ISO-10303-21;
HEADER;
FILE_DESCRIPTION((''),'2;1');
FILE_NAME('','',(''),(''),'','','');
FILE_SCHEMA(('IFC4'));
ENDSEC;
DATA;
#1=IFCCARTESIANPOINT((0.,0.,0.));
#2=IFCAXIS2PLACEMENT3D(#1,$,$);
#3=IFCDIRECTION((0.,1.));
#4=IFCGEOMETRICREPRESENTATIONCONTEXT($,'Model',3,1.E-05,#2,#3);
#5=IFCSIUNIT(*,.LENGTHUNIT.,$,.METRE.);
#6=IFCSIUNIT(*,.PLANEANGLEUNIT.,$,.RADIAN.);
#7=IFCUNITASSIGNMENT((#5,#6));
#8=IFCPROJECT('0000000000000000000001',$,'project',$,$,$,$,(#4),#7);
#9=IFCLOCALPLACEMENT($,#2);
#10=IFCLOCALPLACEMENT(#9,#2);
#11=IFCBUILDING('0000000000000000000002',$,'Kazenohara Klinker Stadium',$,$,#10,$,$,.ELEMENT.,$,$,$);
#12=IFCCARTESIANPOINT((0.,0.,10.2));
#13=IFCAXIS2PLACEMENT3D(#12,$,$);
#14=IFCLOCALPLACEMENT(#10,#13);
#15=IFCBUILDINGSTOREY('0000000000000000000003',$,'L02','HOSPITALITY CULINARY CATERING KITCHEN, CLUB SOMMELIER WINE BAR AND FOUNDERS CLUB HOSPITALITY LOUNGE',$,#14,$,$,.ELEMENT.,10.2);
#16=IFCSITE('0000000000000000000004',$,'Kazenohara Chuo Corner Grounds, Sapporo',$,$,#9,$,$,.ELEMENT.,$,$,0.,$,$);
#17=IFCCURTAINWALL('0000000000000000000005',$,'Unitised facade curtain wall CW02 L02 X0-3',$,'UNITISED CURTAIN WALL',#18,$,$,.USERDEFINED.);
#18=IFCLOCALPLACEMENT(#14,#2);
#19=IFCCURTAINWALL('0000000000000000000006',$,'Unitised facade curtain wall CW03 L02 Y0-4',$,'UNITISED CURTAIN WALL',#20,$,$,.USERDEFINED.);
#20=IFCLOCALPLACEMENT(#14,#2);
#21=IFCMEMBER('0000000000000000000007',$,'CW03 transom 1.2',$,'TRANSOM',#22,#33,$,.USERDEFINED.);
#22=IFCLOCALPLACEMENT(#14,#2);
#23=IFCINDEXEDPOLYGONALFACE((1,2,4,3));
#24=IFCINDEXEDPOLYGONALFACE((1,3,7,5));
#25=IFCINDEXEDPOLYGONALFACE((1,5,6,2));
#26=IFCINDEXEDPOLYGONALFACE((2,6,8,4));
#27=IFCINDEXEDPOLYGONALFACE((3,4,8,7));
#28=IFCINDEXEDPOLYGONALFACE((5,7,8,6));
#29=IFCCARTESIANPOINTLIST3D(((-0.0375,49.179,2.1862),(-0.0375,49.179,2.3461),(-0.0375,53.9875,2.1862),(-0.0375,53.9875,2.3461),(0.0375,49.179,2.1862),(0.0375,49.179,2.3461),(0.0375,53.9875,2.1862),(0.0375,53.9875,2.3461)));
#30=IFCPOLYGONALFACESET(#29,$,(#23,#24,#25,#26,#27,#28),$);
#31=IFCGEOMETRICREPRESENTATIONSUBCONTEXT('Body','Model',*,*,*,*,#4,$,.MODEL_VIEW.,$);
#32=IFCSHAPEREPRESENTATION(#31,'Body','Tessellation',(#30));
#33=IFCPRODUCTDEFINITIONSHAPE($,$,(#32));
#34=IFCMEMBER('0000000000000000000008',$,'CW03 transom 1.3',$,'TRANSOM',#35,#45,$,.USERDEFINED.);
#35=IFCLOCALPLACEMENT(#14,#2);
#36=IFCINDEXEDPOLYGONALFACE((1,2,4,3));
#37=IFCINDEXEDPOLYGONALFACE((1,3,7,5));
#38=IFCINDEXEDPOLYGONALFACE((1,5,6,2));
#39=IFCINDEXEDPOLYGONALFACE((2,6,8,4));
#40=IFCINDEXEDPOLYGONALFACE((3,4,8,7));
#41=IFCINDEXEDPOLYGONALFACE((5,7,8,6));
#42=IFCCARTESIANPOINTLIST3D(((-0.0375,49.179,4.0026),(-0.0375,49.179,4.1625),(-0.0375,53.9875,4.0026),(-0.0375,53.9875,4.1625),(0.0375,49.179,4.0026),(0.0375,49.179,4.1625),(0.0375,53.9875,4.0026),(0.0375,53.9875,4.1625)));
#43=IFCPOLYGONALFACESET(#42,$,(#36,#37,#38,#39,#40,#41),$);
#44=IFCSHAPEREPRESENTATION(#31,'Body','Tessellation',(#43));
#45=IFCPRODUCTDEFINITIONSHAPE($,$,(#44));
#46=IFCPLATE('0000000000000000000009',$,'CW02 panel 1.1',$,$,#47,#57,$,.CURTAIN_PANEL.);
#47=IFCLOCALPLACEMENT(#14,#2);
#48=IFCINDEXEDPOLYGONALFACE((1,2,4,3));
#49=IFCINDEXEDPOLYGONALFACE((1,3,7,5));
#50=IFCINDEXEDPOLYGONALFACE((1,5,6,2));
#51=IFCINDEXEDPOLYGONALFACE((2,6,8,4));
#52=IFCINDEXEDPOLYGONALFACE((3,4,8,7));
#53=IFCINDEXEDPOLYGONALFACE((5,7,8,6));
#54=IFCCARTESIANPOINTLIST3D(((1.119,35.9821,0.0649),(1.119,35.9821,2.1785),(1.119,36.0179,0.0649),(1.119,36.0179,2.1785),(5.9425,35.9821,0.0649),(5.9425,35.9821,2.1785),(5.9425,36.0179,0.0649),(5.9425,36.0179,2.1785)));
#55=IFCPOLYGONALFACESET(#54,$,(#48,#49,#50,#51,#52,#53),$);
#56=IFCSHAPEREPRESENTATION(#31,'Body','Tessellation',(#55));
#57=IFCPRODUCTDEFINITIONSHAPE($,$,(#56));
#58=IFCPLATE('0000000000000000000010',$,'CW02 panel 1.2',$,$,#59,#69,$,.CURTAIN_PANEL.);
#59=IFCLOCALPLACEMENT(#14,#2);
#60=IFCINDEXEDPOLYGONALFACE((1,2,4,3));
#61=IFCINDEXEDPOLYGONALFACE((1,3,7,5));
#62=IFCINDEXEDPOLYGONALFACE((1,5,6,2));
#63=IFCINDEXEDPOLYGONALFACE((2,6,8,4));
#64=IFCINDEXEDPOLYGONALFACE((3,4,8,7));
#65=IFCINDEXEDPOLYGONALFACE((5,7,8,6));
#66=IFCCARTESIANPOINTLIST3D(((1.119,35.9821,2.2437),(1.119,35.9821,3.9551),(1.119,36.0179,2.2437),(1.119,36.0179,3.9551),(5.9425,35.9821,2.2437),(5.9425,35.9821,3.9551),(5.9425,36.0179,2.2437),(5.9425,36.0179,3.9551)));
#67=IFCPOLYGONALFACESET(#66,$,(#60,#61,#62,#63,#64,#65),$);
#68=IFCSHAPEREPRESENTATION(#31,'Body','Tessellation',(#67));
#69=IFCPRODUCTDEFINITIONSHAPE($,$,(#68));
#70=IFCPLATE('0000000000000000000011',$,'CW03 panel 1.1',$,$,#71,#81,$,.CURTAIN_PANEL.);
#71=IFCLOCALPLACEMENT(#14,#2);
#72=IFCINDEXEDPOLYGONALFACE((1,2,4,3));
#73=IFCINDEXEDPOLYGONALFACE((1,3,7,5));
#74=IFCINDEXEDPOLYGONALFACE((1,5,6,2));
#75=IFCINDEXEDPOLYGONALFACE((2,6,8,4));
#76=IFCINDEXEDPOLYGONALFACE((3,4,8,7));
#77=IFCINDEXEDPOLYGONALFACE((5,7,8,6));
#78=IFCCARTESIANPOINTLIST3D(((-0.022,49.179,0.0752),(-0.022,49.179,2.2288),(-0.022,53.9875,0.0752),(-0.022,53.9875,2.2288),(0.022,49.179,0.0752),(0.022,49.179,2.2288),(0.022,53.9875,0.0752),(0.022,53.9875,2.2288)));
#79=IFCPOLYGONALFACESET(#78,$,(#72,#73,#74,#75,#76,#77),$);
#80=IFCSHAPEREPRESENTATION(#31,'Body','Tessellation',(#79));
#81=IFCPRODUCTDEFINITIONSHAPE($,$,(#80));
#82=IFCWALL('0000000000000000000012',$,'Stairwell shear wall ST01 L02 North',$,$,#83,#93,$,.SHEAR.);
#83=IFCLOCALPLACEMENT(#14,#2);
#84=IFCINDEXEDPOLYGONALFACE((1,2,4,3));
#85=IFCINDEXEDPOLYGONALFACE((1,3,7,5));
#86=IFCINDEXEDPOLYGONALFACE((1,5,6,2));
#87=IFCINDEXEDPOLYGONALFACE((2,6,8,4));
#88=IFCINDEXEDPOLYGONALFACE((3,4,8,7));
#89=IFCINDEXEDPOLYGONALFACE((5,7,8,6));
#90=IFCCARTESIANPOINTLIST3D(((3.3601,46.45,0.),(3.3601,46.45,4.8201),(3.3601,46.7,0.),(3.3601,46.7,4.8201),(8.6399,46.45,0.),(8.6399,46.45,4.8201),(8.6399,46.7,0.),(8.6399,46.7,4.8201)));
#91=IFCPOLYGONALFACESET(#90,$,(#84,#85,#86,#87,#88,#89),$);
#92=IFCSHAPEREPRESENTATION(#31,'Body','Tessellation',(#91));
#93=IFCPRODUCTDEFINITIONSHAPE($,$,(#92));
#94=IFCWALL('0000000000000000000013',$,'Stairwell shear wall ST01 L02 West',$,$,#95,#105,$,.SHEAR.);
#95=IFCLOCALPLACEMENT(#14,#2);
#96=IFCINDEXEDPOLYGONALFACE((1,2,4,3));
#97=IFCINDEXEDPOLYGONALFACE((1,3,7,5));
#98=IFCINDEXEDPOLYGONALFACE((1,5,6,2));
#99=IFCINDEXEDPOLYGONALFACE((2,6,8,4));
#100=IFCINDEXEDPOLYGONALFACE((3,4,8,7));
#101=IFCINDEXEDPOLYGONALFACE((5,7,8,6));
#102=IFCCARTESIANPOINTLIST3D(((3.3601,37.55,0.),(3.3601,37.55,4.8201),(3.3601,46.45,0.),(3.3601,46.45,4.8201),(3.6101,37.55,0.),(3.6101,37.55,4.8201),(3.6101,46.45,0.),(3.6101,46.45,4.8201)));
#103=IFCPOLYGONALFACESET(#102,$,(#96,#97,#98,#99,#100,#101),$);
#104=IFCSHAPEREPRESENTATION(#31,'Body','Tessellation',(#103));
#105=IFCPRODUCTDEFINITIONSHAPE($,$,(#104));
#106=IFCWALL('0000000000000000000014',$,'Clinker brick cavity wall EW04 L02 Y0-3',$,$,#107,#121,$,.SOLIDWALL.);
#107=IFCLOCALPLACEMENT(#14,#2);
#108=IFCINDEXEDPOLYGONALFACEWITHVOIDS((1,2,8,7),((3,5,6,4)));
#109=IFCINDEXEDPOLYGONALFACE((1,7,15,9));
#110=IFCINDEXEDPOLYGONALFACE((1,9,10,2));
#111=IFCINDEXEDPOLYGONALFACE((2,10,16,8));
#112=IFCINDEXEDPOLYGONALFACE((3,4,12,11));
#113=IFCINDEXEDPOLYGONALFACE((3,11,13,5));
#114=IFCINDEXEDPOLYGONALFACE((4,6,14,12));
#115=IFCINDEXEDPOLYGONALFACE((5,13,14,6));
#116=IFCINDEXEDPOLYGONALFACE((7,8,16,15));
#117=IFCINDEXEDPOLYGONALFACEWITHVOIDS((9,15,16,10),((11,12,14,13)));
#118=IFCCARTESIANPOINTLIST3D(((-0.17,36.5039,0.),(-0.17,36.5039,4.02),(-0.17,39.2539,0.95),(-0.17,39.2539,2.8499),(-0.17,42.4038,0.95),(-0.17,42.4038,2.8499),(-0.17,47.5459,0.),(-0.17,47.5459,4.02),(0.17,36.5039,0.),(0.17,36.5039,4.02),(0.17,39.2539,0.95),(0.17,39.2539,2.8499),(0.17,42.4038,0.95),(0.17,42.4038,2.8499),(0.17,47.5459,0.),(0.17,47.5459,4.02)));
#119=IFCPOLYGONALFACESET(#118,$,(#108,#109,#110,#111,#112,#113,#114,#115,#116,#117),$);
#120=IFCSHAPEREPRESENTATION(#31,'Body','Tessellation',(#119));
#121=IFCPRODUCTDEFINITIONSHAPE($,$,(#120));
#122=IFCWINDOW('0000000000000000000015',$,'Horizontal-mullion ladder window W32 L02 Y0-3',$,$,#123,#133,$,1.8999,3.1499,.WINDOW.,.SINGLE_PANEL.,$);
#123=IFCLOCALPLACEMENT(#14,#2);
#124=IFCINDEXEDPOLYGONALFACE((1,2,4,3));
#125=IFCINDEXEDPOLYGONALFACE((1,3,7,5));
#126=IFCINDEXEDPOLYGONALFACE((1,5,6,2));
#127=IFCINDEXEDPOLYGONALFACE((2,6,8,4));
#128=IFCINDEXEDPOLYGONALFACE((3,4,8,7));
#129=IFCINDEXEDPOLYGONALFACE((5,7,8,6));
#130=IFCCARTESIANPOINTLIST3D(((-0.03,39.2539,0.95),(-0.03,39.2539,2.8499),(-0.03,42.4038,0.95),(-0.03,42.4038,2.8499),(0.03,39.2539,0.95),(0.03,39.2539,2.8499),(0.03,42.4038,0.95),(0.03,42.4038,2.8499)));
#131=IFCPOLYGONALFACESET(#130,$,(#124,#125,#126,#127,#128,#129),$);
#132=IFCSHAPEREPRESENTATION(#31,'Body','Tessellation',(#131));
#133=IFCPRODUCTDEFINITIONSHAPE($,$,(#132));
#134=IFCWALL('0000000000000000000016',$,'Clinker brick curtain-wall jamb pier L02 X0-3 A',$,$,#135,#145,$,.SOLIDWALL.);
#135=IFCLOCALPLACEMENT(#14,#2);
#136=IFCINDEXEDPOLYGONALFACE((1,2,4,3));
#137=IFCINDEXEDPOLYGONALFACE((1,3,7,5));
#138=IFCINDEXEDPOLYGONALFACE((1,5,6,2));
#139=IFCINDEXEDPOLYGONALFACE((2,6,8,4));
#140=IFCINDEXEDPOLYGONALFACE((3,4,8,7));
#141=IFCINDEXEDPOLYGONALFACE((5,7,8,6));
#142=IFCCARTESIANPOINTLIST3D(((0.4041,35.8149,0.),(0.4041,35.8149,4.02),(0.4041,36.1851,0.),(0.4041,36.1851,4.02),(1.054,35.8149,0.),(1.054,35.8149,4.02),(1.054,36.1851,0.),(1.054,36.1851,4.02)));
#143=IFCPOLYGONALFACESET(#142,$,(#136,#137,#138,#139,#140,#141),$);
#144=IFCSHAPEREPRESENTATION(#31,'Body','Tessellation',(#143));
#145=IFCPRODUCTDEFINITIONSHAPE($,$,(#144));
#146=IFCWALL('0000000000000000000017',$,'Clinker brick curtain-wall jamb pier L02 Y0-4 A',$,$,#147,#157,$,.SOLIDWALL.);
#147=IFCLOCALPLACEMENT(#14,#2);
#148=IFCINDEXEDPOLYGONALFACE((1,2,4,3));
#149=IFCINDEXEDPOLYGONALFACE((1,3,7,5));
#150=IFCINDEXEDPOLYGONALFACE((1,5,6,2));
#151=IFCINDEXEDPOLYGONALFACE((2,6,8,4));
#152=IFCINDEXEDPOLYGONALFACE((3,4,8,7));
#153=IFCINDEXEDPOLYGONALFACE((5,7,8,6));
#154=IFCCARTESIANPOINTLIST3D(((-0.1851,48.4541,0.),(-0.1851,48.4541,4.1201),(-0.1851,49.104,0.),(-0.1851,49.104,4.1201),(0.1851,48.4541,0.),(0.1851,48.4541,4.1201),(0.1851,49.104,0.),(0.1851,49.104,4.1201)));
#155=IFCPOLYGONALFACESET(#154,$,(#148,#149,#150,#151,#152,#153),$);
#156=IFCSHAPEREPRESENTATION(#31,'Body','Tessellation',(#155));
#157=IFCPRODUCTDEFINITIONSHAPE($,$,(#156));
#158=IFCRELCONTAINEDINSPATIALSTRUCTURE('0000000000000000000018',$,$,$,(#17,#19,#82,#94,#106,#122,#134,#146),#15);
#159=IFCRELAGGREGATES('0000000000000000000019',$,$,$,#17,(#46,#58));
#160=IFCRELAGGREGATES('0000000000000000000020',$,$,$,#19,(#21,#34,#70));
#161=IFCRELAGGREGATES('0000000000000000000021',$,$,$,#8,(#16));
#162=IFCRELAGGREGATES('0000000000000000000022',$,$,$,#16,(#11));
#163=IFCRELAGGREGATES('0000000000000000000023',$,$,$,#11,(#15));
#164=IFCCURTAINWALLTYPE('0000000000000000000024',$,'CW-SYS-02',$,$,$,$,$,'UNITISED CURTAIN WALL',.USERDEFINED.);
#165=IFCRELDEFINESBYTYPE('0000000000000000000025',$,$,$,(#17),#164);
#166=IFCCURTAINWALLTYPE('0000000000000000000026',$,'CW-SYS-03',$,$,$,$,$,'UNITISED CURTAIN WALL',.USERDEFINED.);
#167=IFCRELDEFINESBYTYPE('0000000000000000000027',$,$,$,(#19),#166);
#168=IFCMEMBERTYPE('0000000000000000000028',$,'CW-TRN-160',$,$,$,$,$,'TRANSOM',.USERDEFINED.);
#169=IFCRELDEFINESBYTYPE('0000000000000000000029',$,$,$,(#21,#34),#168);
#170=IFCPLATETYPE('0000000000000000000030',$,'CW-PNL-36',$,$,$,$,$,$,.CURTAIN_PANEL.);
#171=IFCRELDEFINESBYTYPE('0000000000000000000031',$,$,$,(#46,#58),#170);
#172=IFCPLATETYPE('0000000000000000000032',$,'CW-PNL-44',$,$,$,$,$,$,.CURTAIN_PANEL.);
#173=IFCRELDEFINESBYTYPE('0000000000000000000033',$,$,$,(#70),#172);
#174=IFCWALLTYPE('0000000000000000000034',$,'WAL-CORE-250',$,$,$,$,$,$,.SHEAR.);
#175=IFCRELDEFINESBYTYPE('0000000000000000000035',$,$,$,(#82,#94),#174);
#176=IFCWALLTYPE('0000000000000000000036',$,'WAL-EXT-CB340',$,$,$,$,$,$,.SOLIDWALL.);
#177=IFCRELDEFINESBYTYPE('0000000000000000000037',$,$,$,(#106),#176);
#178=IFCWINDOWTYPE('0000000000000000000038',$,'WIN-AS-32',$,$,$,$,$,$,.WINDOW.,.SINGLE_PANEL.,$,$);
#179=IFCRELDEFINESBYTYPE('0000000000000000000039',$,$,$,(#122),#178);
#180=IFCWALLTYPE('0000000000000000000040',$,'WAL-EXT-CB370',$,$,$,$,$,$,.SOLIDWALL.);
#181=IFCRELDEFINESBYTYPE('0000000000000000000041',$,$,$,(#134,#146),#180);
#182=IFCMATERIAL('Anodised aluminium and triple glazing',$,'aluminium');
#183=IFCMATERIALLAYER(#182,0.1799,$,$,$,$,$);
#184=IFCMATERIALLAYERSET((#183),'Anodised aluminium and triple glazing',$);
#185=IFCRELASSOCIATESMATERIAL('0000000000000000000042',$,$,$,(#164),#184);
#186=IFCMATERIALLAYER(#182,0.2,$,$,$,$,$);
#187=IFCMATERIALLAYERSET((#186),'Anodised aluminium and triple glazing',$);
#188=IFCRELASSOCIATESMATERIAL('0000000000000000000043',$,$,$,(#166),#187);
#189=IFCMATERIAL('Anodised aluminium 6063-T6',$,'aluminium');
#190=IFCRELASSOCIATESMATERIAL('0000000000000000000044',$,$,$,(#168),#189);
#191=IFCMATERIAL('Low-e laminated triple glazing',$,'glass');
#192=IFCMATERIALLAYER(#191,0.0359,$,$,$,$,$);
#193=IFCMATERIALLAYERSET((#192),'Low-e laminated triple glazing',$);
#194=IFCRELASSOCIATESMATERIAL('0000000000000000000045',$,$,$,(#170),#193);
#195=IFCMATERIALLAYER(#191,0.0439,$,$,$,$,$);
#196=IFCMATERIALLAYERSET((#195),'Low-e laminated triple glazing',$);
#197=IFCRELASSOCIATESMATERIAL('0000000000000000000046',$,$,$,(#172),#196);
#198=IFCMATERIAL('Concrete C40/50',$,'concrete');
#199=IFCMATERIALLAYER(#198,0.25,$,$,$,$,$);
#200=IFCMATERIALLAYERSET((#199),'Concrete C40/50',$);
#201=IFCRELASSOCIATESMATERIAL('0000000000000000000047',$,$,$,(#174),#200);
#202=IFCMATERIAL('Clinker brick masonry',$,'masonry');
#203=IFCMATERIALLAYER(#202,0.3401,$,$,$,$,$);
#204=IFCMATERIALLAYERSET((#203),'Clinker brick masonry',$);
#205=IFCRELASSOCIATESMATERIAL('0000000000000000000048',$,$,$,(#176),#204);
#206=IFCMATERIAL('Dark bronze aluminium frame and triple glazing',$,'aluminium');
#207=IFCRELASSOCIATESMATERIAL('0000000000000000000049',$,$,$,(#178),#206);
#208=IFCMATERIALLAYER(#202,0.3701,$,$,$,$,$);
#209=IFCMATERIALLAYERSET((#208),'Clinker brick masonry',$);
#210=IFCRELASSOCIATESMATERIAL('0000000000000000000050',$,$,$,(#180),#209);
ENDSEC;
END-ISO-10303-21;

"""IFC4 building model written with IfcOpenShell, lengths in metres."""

from ifc_helpers import new_model, si_unit, direction, frame, frame_2d, origin, origin_2d, place, context, subcontext, project, spatial, rectangle, extrude, material, layer, layer_set, material_profile, profile_set, type_object, element, fill, aggregate, save


model = new_model("IFC4")

# Units and contexts
model_context = context("Model", 3, precision=1e-05, world=origin(), true_north=direction((0.0, 1.0)))
body_context = subcontext(model_context, "Body", "Model", "MODEL_VIEW")
ifc_project = project(units=[si_unit("LENGTHUNIT", "METRE"), si_unit("PLANEANGLEUNIT", "RADIAN")], contexts=[model_context])

# Site, building, storey
site_placement = place(None, origin())
site = spatial("IfcSite", under=ifc_project, at=site_placement, Name="Kazenohara Chuo Corner Grounds, Sapporo", CompositionType="ELEMENT", RefElevation=0.0)
building_placement = place(site_placement, origin())
building = spatial("IfcBuilding", under=site, at=building_placement, Name="Kazenohara Klinker Stadium", CompositionType="ELEMENT")
storey_placement = place(building_placement, frame((0.0, 0.0, 10.2)))
storey = spatial("IfcBuildingStorey", under=building, at=storey_placement, Name="L02", Description="HOSPITALITY CULINARY CATERING KITCHEN, CLUB SOMMELIER WINE BAR AND FOUNDERS CLUB HOSPITALITY LOUNGE", CompositionType="ELEMENT", Elevation=10.2)

# Shared definitions
ifc_material_1 = material(Name="Concrete C40/50", Category="concrete")

# Curtain wall
ifc_material_2 = material(Name="Anodised aluminium and triple glazing", Category="aluminium")
ifc_layer_1 = layer(ifc_material_2, 0.1799)
ifc_layer_set_1 = layer_set([ifc_layer_1], Name="Anodised aluminium and triple glazing")
curtain_wall_type_1 = type_object("IfcCurtainWallType", Name="CW-SYS-02", ElementType="UNITISED CURTAIN WALL", PredefinedType="USERDEFINED", material=ifc_layer_set_1)
curtain_wall_1_placement = place(storey_placement, origin())
curtain_wall_1 = element("IfcCurtainWall", 1, at=curtain_wall_1_placement, inside=storey, type_object=curtain_wall_type_1, Name="Unitised facade curtain wall CW02 L02 X0-3", ObjectType="UNITISED CURTAIN WALL", PredefinedType="USERDEFINED")
ifc_material_3 = material(Name="Anodised aluminium 6063-T6", Category="aluminium")

# Curtain wall
ifc_layer_2 = layer(ifc_material_2, 0.2)
ifc_layer_set_2 = layer_set([ifc_layer_2], Name="Anodised aluminium and triple glazing")
curtain_wall_type_2 = type_object("IfcCurtainWallType", Name="CW-SYS-03", ElementType="UNITISED CURTAIN WALL", PredefinedType="USERDEFINED", material=ifc_layer_set_2)
curtain_wall_2_placement = place(storey_placement, origin())
curtain_wall_2 = element("IfcCurtainWall", 2, at=curtain_wall_2_placement, inside=storey, type_object=curtain_wall_type_2, Name="Unitised facade curtain wall CW03 L02 Y0-4", ObjectType="UNITISED CURTAIN WALL", PredefinedType="USERDEFINED")

# Members
ifc_material_profile_1 = material_profile(ifc_material_3, rectangle(XDim=0.075, YDim=0.1599, at=origin_2d()), Name="ALU-TRN-75x160")
ifc_profile_set_1 = profile_set([ifc_material_profile_1], Name="Anodised aluminium 6063-T6")
member_type_1 = type_object("IfcMemberType", Name="CW-TRN-160", ElementType="TRANSOM", PredefinedType="USERDEFINED", material=ifc_profile_set_1)
member_1_placement = place(storey_placement, frame((0.0, 49.179, 2.2661), z_axis=(0.0, 1.0, 0.0), x_axis=(-1.0, 0.0, 0.0)))
member_1 = element("IfcMember", 3, at=member_1_placement, type_object=member_type_1, Name="CW03 transom 1.2", ObjectType="TRANSOM", PredefinedType="USERDEFINED", context=body_context, shape_type="SweptSolid", body=[
    extrude(rectangle(XDim=0.075, YDim=0.1599, at=origin_2d()), origin(), (0.0, 0.0, 1.0), 4.8086),
])
member_2_placement = place(storey_placement, frame((0.0, 49.179, 4.0825), z_axis=(0.0, 1.0, 0.0), x_axis=(-1.0, 0.0, 0.0)))
member_2 = element("IfcMember", 4, at=member_2_placement, type_object=member_type_1, Name="CW03 transom 1.3", ObjectType="TRANSOM", PredefinedType="USERDEFINED", context=body_context, shape_type="SweptSolid", body=[
    extrude(rectangle(XDim=0.075, YDim=0.1599, at=origin_2d()), origin(), (0.0, 0.0, 1.0), 4.8086),
])

# Plates
ifc_material_4 = material(Name="Low-e laminated triple glazing", Category="glass")
ifc_layer_3 = layer(ifc_material_4, 0.0359)
ifc_layer_set_3 = layer_set([ifc_layer_3], Name="Low-e laminated triple glazing")
plate_type_1 = type_object("IfcPlateType", Name="CW-PNL-36", PredefinedType="CURTAIN_PANEL", material=ifc_layer_set_3)
plate_1_placement = place(storey_placement, frame((3.5308, 36.0, 0.0649), z_axis=(0.0, 0.0, 1.0), x_axis=(1.0, 0.0, 0.0)))
plate_1 = element("IfcPlate", 5, at=plate_1_placement, type_object=plate_type_1, Name="CW02 panel 1.1", PredefinedType="CURTAIN_PANEL", context=body_context, shape_type="SweptSolid", body=[
    extrude(rectangle(XDim=4.8235, YDim=0.0359, at=origin_2d()), origin(), (0.0, 0.0, 1.0), 2.1135),
])
plate_2_placement = place(storey_placement, frame((3.5308, 36.0, 2.2437), z_axis=(0.0, 0.0, 1.0), x_axis=(1.0, 0.0, 0.0)))
plate_2 = element("IfcPlate", 6, at=plate_2_placement, type_object=plate_type_1, Name="CW02 panel 1.2", PredefinedType="CURTAIN_PANEL", context=body_context, shape_type="SweptSolid", body=[
    extrude(rectangle(XDim=4.8235, YDim=0.0359, at=origin_2d()), origin(), (0.0, 0.0, 1.0), 1.7114),
])
aggregate(curtain_wall_1, [plate_1, plate_2])
ifc_layer_4 = layer(ifc_material_4, 0.0439)
ifc_layer_set_4 = layer_set([ifc_layer_4], Name="Low-e laminated triple glazing")
plate_type_2 = type_object("IfcPlateType", Name="CW-PNL-44", PredefinedType="CURTAIN_PANEL", material=ifc_layer_set_4)
plate_3_placement = place(storey_placement, frame((0.0, 51.5833, 0.0752), z_axis=(0.0, 0.0, 1.0), x_axis=(0.0, 1.0, 0.0)))
plate_3 = element("IfcPlate", 7, at=plate_3_placement, type_object=plate_type_2, Name="CW03 panel 1.1", PredefinedType="CURTAIN_PANEL", context=body_context, shape_type="SweptSolid", body=[
    extrude(rectangle(XDim=4.8086, YDim=0.0439, at=origin_2d()), origin(), (0.0, 0.0, 1.0), 2.1536),
])
aggregate(curtain_wall_2, [member_1, member_2, plate_3])

# Shared definitions
ifc_layer_5 = layer(ifc_material_1, 0.25)
ifc_layer_set_5 = layer_set([ifc_layer_5], Name="Concrete C40/50")
wall_type_1 = type_object("IfcWallType", Name="WAL-CORE-250", PredefinedType="SHEAR", material=ifc_layer_set_5)

# Walls
wall_1_placement = place(storey_placement, frame((3.3601, 46.575, 0.0), z_axis=(0.0, 0.0, 1.0), x_axis=(1.0, 0.0, 0.0)))
element("IfcWall", 8, at=wall_1_placement, inside=storey, type_object=wall_type_1, Name="Stairwell shear wall ST01 L02 North", PredefinedType="SHEAR", context=body_context, shape_type="SweptSolid", body=[
    extrude(rectangle(XDim=5.2798, YDim=0.25, at=frame_2d((2.6399, 0.0))), origin(), (0.0, 0.0, 1.0), 4.8201),
])
wall_2_placement = place(storey_placement, frame((3.4851, 37.55, 0.0), z_axis=(0.0, 0.0, 1.0), x_axis=(0.0, 1.0, 0.0)))
element("IfcWall", 9, at=wall_2_placement, inside=storey, type_object=wall_type_1, Name="Stairwell shear wall ST01 L02 West", PredefinedType="SHEAR", context=body_context, shape_type="SweptSolid", body=[
    extrude(rectangle(XDim=8.8999, YDim=0.25, at=frame_2d((4.45, 0.0))), origin(), (0.0, 0.0, 1.0), 4.8201),
])

# Wall, opening, window
ifc_material_5 = material(Name="Clinker brick masonry", Category="masonry")
ifc_layer_6 = layer(ifc_material_5, 0.3401)
ifc_layer_set_6 = layer_set([ifc_layer_6], Name="Clinker brick masonry")
wall_type_2 = type_object("IfcWallType", Name="WAL-EXT-CB340", PredefinedType="SOLIDWALL", material=ifc_layer_set_6)
wall_3_placement = place(storey_placement, frame((0.0, 36.5039, 0.0), z_axis=(0.0, 0.0, 1.0), x_axis=(0.0, 1.0, 0.0)))
wall_3 = element("IfcWall", 10, at=wall_3_placement, inside=storey, type_object=wall_type_2, Name="Clinker brick cavity wall EW04 L02 Y0-3", PredefinedType="SOLIDWALL", context=body_context, shape_type="SweptSolid", body=[
    extrude(rectangle(XDim=11.042, YDim=0.3401, at=frame_2d((5.521, 0.0))), origin(), (0.0, 0.0, 1.0), 4.02),
])
opening_1_placement = place(wall_3_placement, frame((2.75, 0.0, 0.95)))
opening_1 = element("IfcOpeningElement", 11, at=opening_1_placement, cuts=wall_3, PredefinedType="OPENING", context=body_context, shape_type="SweptSolid", body=[
    extrude(rectangle(XDim=3.1499, YDim=1.8999, at=frame_2d((1.575, 0.95))), frame((0.0, 0.1802, 0.0), z_axis=(0.0, -1.0, 0.0), x_axis=(1.0, 0.0, 0.0)), (0.0, 0.0, 1.0), 0.3601),
])
ifc_material_6 = material(Name="Dark bronze aluminium frame and triple glazing", Category="aluminium")
window_type = type_object("IfcWindowType", Name="WIN-AS-32", PartitioningType="SINGLE_PANEL", PredefinedType="WINDOW", material=ifc_material_6)
window_placement = place(opening_1_placement, origin())
window = element("IfcWindow", 12, at=window_placement, inside=storey, type_object=window_type, Name="Horizontal-mullion ladder window W32 L02 Y0-3", OverallHeight=1.8999, OverallWidth=3.1499, PartitioningType="SINGLE_PANEL", PredefinedType="WINDOW", context=body_context, shape_type="SweptSolid", body=[
    extrude(rectangle(XDim=3.1499, YDim=1.8999, at=frame_2d((1.575, 0.95))), frame((0.0, 0.03, 0.0), z_axis=(0.0, -1.0, 0.0), x_axis=(1.0, 0.0, 0.0)), (0.0, 0.0, 1.0), 0.0601),
])
fill(opening_1, window)

# Walls
ifc_layer_7 = layer(ifc_material_5, 0.3701)
ifc_layer_set_7 = layer_set([ifc_layer_7], Name="Clinker brick masonry")
wall_type_3 = type_object("IfcWallType", Name="WAL-EXT-CB370", PredefinedType="SOLIDWALL", material=ifc_layer_set_7)
wall_4_placement = place(storey_placement, frame((0.4041, 36.0, 0.0), z_axis=(0.0, 0.0, 1.0), x_axis=(1.0, 0.0, 0.0)))
element("IfcWall", 13, at=wall_4_placement, inside=storey, type_object=wall_type_3, Name="Clinker brick curtain-wall jamb pier L02 X0-3 A", PredefinedType="SOLIDWALL", context=body_context, shape_type="SweptSolid", body=[
    extrude(rectangle(XDim=0.6499, YDim=0.3701, at=frame_2d((0.325, 0.0))), origin(), (0.0, 0.0, 1.0), 4.02),
])
wall_5_placement = place(storey_placement, frame((0.0, 48.4541, 0.0), z_axis=(0.0, 0.0, 1.0), x_axis=(0.0, 1.0, 0.0)))
element("IfcWall", 14, at=wall_5_placement, inside=storey, type_object=wall_type_3, Name="Clinker brick curtain-wall jamb pier L02 Y0-4 A", PredefinedType="SOLIDWALL", context=body_context, shape_type="SweptSolid", body=[
    extrude(rectangle(XDim=0.6499, YDim=0.3701, at=frame_2d((0.325, 0.0))), origin(), (0.0, 0.0, 1.0), 4.1201),
])

save(model, "model.ifc")
